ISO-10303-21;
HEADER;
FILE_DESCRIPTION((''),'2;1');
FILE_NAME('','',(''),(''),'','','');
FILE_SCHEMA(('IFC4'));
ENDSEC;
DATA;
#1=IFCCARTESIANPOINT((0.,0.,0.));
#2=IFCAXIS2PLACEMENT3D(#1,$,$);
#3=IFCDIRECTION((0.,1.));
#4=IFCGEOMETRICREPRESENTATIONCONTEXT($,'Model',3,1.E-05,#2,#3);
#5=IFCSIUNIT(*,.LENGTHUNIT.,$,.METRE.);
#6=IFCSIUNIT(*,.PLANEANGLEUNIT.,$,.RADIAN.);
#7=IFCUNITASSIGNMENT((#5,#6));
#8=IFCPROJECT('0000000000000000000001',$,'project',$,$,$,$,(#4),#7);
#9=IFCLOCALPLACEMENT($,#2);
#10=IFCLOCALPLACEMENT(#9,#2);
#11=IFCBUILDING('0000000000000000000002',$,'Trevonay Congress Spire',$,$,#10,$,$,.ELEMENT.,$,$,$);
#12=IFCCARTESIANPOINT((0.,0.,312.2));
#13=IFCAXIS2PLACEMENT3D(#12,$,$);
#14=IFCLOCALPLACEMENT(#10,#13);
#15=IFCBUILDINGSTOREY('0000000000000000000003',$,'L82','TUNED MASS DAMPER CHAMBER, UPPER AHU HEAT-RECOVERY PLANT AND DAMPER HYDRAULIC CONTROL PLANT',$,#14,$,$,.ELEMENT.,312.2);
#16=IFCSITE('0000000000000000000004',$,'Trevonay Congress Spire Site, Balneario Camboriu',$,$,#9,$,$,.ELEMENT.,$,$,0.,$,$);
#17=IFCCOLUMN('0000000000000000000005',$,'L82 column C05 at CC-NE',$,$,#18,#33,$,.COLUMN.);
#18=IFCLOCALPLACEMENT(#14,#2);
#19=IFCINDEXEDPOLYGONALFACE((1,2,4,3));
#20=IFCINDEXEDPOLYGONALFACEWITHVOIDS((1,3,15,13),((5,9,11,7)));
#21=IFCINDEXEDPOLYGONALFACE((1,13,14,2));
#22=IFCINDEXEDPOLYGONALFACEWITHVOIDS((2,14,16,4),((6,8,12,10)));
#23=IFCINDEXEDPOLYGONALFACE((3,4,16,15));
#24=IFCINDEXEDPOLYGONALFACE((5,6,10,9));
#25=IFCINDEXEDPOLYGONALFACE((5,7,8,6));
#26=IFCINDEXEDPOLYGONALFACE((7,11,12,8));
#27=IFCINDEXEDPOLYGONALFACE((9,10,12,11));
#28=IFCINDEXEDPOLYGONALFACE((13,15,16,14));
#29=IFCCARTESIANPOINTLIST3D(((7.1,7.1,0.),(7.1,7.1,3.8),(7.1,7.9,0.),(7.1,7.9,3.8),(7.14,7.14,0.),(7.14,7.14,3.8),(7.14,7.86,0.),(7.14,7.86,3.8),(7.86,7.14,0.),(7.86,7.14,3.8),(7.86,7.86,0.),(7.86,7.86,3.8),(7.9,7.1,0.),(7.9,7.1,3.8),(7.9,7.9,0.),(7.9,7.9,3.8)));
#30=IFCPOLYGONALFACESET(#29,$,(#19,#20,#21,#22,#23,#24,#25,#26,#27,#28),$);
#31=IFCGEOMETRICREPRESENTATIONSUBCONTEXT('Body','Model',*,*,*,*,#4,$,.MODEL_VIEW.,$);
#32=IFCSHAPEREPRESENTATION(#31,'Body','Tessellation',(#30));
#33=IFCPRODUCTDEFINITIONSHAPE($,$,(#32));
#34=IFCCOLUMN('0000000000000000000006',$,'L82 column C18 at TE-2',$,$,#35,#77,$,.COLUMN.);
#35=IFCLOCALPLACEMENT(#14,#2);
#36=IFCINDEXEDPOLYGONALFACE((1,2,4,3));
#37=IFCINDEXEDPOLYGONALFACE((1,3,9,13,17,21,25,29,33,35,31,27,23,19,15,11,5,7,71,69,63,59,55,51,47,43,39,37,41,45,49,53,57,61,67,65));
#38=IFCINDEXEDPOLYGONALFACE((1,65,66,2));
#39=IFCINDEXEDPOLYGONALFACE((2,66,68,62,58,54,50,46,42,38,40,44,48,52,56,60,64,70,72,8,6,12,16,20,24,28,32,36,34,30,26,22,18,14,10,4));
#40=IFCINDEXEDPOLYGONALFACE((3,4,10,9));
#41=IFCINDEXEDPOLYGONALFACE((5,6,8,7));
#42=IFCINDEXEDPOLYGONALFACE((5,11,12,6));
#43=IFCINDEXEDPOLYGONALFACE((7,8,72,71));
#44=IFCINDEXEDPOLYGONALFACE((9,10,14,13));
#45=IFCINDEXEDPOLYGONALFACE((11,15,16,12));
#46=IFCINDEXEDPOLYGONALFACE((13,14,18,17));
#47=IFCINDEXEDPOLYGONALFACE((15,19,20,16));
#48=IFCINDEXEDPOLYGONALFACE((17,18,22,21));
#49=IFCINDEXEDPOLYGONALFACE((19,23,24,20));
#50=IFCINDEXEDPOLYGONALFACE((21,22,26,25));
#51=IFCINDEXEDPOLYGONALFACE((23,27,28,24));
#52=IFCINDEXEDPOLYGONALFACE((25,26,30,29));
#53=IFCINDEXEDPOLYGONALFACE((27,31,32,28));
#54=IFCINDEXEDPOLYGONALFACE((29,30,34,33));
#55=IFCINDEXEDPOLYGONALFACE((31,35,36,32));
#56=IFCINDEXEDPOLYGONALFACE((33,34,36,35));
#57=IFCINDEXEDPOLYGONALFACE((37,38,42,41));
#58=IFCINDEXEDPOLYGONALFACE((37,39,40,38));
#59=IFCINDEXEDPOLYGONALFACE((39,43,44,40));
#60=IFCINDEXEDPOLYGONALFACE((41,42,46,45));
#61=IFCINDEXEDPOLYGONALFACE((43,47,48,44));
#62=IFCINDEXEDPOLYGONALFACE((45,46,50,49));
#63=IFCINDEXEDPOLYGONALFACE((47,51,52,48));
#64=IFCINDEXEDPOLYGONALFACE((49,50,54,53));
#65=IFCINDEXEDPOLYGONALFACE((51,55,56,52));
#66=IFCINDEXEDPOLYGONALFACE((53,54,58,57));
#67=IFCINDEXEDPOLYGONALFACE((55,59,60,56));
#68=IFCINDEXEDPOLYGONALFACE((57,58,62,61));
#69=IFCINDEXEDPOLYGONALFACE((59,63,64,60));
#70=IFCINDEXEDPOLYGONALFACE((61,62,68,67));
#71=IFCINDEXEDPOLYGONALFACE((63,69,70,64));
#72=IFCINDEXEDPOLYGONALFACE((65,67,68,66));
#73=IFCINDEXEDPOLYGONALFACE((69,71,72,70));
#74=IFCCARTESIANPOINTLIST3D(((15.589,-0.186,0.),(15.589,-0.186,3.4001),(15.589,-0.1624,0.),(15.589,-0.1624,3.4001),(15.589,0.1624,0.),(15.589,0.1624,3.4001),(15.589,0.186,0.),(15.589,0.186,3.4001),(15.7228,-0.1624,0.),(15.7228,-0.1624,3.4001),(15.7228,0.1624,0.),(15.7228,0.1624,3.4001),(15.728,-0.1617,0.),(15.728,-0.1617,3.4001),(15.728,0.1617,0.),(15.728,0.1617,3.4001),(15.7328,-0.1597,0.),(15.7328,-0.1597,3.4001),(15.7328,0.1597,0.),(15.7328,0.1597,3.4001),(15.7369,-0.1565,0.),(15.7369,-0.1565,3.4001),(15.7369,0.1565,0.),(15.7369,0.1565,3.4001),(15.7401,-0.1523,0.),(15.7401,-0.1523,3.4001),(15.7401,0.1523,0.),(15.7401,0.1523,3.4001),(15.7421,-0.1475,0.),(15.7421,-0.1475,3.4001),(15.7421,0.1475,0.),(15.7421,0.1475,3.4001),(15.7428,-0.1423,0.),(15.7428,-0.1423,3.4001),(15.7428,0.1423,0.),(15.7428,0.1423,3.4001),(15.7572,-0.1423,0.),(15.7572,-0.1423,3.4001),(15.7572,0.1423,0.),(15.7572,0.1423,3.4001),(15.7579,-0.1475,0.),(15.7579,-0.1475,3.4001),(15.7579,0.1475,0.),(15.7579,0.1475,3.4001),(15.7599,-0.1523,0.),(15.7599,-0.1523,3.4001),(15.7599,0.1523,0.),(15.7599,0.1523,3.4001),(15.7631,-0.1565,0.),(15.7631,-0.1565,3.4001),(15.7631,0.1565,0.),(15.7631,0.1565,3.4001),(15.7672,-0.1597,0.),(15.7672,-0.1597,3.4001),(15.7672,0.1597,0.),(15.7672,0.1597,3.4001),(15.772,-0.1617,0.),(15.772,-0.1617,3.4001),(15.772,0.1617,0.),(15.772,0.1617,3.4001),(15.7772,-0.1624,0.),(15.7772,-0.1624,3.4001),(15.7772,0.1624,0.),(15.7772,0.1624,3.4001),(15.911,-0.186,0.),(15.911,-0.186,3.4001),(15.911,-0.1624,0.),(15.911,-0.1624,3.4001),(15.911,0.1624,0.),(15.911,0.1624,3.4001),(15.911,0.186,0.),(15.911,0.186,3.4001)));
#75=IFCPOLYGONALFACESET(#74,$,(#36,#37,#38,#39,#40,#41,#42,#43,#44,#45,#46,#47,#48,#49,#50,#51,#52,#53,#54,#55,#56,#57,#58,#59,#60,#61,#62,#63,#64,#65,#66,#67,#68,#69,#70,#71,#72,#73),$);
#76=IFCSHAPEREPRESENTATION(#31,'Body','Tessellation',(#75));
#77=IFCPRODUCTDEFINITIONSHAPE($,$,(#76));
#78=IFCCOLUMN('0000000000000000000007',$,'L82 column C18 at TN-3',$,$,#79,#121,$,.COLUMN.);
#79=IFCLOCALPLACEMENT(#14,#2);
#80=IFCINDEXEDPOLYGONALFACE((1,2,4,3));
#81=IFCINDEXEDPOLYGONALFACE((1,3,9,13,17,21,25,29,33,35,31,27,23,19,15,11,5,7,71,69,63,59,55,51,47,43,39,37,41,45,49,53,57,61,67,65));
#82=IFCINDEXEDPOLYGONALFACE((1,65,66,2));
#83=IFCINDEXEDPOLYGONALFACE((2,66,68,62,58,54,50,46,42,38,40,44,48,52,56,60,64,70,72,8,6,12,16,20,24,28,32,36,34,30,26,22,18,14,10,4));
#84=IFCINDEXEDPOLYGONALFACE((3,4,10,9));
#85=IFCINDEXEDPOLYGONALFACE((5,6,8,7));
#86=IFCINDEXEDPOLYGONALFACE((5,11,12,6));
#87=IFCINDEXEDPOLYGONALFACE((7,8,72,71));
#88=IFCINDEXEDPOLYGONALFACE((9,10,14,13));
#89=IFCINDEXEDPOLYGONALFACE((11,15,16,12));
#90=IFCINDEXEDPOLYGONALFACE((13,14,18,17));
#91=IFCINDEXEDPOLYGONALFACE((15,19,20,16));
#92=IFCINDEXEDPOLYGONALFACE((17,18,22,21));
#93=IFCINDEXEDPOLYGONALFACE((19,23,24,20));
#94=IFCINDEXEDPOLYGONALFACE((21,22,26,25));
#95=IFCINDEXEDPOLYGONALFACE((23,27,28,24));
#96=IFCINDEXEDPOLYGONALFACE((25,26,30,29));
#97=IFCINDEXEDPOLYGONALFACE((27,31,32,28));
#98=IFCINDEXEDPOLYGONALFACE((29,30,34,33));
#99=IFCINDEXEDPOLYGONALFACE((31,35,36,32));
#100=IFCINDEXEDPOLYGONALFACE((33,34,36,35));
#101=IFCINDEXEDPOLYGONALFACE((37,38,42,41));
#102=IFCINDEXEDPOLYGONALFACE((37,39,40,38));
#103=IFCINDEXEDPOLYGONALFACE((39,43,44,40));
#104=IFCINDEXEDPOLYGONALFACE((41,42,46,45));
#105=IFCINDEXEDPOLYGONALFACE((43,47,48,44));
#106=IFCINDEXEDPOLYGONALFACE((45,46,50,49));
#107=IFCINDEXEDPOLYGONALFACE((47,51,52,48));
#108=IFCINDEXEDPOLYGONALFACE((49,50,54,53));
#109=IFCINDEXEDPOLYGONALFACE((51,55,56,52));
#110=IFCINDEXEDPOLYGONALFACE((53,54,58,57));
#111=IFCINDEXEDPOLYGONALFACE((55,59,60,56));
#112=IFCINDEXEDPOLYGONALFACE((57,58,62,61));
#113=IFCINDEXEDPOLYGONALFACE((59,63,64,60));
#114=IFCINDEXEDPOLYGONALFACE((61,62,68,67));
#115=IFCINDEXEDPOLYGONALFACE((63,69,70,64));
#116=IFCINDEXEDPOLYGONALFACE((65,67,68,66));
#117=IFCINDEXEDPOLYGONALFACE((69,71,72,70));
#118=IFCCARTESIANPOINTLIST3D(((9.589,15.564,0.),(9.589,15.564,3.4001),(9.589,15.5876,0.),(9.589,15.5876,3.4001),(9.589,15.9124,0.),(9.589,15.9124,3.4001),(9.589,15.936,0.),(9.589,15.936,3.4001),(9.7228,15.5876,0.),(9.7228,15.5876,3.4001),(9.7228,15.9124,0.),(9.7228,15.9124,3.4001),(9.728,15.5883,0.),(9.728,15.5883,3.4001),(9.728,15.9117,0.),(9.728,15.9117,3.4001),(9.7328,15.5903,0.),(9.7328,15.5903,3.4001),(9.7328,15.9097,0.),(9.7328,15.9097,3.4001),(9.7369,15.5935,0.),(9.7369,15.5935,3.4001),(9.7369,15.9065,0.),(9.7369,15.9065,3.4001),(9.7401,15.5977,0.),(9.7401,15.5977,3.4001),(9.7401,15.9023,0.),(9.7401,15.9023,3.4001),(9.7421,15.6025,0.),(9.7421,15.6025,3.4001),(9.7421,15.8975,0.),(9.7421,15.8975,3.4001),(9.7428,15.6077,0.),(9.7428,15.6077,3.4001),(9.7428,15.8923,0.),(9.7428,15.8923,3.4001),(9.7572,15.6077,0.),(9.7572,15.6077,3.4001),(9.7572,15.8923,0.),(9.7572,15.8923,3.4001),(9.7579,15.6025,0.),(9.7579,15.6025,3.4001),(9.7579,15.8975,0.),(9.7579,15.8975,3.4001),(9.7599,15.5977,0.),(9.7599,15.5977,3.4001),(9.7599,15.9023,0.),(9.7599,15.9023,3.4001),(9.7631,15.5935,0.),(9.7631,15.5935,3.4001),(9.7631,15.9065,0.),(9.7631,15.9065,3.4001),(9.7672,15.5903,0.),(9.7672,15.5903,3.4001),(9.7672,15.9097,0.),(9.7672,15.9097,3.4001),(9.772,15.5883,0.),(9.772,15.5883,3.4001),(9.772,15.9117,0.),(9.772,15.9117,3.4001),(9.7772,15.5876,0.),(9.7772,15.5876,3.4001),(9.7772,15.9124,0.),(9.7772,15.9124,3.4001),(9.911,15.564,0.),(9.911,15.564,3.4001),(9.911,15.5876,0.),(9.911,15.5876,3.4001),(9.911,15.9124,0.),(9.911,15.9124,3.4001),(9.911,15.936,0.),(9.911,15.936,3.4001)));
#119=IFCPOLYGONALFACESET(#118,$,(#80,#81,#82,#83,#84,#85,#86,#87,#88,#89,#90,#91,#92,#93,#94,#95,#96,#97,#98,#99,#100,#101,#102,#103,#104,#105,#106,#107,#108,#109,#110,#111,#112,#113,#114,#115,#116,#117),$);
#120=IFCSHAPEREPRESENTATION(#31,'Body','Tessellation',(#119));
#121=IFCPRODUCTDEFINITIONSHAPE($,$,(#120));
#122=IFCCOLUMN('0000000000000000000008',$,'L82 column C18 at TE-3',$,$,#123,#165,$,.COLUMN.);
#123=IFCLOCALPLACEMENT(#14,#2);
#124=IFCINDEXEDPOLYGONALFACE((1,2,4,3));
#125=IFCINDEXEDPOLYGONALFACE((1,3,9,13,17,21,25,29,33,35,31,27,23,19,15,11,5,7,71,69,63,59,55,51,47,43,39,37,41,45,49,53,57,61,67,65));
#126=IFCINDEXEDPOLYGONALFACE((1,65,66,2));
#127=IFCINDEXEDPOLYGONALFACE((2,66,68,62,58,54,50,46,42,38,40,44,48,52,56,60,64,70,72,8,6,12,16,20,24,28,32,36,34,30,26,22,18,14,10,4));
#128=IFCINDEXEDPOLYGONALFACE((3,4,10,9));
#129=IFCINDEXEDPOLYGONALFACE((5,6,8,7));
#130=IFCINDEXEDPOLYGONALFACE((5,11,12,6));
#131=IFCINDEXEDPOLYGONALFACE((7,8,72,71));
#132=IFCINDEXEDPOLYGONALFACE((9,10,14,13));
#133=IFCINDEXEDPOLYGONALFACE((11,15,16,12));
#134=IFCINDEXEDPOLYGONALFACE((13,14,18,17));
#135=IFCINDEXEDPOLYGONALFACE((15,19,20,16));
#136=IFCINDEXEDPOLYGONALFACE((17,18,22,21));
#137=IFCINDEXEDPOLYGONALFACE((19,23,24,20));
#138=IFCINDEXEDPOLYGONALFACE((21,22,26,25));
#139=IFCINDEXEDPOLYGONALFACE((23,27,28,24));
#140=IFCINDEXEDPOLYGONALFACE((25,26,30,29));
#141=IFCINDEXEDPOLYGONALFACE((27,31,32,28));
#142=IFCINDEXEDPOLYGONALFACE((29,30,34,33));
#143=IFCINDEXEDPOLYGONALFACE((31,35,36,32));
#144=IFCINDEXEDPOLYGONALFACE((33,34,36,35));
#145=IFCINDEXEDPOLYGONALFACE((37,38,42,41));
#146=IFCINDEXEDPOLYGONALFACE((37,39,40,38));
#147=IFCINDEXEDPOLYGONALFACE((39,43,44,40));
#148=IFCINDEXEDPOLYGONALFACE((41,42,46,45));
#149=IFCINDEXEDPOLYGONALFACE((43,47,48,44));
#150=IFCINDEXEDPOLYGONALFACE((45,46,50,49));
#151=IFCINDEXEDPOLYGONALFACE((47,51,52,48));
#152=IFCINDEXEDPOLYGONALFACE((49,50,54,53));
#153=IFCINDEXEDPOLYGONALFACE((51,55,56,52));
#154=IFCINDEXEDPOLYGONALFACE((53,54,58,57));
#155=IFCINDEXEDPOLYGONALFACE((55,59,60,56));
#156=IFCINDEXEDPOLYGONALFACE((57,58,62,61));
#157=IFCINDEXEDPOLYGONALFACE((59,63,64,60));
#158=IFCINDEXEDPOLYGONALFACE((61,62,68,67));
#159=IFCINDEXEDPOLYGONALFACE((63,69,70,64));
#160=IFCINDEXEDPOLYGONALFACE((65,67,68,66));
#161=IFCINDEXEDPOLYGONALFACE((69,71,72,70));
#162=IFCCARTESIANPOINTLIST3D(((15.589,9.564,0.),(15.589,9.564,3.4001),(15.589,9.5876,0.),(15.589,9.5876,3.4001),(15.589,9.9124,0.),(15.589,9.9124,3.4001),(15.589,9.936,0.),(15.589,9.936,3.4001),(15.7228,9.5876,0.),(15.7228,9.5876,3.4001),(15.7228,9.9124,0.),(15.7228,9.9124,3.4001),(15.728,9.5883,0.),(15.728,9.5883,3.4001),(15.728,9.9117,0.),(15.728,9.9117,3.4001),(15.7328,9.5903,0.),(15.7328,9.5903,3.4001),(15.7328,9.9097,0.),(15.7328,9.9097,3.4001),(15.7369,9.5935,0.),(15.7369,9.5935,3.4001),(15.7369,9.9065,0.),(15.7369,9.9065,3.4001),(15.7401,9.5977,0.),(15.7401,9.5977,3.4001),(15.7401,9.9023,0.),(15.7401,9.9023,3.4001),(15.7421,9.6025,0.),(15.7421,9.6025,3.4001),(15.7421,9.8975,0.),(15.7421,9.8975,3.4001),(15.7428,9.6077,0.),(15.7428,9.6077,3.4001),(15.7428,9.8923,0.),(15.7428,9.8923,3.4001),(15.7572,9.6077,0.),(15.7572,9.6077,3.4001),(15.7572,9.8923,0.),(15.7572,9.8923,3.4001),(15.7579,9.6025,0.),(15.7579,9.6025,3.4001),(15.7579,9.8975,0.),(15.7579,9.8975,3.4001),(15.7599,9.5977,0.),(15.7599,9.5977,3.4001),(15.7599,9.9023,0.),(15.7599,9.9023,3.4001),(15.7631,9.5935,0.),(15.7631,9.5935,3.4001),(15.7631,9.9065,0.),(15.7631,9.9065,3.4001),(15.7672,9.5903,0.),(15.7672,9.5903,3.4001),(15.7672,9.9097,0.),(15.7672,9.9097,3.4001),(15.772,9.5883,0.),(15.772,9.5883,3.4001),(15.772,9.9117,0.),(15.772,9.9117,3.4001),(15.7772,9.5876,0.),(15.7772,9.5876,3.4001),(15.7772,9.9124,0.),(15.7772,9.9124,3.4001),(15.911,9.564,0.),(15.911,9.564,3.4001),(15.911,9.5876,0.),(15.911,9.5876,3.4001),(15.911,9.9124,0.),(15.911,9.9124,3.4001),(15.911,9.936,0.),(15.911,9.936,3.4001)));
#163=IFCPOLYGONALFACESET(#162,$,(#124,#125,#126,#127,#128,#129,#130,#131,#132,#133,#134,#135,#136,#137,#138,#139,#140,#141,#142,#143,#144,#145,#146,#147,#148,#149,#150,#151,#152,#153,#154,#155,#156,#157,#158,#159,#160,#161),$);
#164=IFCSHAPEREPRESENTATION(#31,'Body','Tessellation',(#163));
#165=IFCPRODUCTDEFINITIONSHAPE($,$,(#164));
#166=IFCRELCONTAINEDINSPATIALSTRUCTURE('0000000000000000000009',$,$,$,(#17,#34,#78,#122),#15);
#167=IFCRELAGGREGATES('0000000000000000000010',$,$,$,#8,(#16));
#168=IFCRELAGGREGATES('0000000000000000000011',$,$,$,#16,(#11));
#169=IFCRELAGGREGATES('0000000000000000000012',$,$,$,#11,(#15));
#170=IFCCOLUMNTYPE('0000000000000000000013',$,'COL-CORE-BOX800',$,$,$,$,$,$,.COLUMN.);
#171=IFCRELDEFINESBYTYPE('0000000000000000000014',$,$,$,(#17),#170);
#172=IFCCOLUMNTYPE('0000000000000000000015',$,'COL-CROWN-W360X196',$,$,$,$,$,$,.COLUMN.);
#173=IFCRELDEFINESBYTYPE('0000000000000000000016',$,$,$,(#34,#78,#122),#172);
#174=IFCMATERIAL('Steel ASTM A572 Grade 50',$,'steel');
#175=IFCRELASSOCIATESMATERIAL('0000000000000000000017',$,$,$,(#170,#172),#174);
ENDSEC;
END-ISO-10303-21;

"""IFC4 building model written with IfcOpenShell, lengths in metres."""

from ifc_helpers import new_model, si_unit, direction, frame, origin, origin_2d, place, context, subcontext, project, spatial, hollow_rectangle, i_section, extrude, material, material_profile, profile_set, type_object, element, save


model = new_model("IFC4")

# Units and contexts
model_context = context("Model", 3, precision=1e-05, world=origin(), true_north=direction((0.0, 1.0)))
body_context = subcontext(model_context, "Body", "Model", "MODEL_VIEW")
ifc_project = project(units=[si_unit("LENGTHUNIT", "METRE"), si_unit("PLANEANGLEUNIT", "RADIAN")], contexts=[model_context])

# Site, building, storey
site_placement = place(None, origin())
site = spatial("IfcSite", under=ifc_project, at=site_placement, Name="Trevonay Congress Spire Site, Balneario Camboriu", CompositionType="ELEMENT", RefElevation=0.0)
building_placement = place(site_placement, origin())
building = spatial("IfcBuilding", under=site, at=building_placement, Name="Trevonay Congress Spire", CompositionType="ELEMENT")
storey_placement = place(building_placement, frame((0.0, 0.0, 312.2)))
storey = spatial("IfcBuildingStorey", under=building, at=storey_placement, Name="L82", Description="TUNED MASS DAMPER CHAMBER, UPPER AHU HEAT-RECOVERY PLANT AND DAMPER HYDRAULIC CONTROL PLANT", CompositionType="ELEMENT", Elevation=312.2)

# Columns
ifc_material_1 = material(Name="Steel ASTM A572 Grade 50", Category="steel")
ifc_material_profile_1 = material_profile(ifc_material_1, hollow_rectangle(XDim=0.8, YDim=0.8, WallThickness=0.04, at=origin_2d()), Name="BOX 800x800x40")
ifc_profile_set_1 = profile_set([ifc_material_profile_1], Name="Steel ASTM A572 Grade 50")
column_type_1 = type_object("IfcColumnType", Name="COL-CORE-BOX800", PredefinedType="COLUMN", material=ifc_profile_set_1)
column_1_placement = place(storey_placement, frame((7.5, 7.5, 0.0), z_axis=(0.0, 0.0, 1.0), x_axis=(1.0, 0.0, 0.0)))
element("IfcColumn", 1, at=column_1_placement, inside=storey, type_object=column_type_1, Name="L82 column C05 at CC-NE", PredefinedType="COLUMN", context=body_context, shape_type="SweptSolid", body=[
    extrude(hollow_rectangle(XDim=0.8, YDim=0.8, WallThickness=0.04, at=origin_2d()), origin(), (0.0, 0.0, 1.0), 3.8),
])
ifc_material_profile_2 = material_profile(ifc_material_1, i_section(OverallWidth=0.322, OverallDepth=0.3721, WebThickness=0.0144, FlangeThickness=0.0237, FilletRadius=0.02, at=origin_2d()), Name="W360x196")
ifc_profile_set_2 = profile_set([ifc_material_profile_2], Name="Steel ASTM A572 Grade 50")
column_type_2 = type_object("IfcColumnType", Name="COL-CROWN-W360X196", PredefinedType="COLUMN", material=ifc_profile_set_2)
for number, where, z_axis, x_axis, name in (
    (2, (15.75, 0.0, 0.0), (0.0, 0.0, 1.0), (1.0, 0.0, 0.0), "L82 column C18 at TE-2"),
    (3, (9.75, 15.75, 0.0), (0.0, 0.0, 1.0), (1.0, 0.0, 0.0), "L82 column C18 at TN-3"),
    (4, (15.75, 9.75, 0.0), (0.0, 0.0, 1.0), (1.0, 0.0, 0.0), "L82 column C18 at TE-3"),
):
    element("IfcColumn", number, at=place(storey_placement, frame(where, z_axis=z_axis, x_axis=x_axis)), inside=storey, type_object=column_type_2, Name=name, PredefinedType="COLUMN", context=body_context, shape_type="SweptSolid", body=[
        extrude(i_section(OverallWidth=0.322, OverallDepth=0.3721, WebThickness=0.0144, FlangeThickness=0.0237, FilletRadius=0.02, at=origin_2d()), origin(), (0.0, 0.0, 1.0), 3.4001),
    ])

save(model, "model.ifc")
